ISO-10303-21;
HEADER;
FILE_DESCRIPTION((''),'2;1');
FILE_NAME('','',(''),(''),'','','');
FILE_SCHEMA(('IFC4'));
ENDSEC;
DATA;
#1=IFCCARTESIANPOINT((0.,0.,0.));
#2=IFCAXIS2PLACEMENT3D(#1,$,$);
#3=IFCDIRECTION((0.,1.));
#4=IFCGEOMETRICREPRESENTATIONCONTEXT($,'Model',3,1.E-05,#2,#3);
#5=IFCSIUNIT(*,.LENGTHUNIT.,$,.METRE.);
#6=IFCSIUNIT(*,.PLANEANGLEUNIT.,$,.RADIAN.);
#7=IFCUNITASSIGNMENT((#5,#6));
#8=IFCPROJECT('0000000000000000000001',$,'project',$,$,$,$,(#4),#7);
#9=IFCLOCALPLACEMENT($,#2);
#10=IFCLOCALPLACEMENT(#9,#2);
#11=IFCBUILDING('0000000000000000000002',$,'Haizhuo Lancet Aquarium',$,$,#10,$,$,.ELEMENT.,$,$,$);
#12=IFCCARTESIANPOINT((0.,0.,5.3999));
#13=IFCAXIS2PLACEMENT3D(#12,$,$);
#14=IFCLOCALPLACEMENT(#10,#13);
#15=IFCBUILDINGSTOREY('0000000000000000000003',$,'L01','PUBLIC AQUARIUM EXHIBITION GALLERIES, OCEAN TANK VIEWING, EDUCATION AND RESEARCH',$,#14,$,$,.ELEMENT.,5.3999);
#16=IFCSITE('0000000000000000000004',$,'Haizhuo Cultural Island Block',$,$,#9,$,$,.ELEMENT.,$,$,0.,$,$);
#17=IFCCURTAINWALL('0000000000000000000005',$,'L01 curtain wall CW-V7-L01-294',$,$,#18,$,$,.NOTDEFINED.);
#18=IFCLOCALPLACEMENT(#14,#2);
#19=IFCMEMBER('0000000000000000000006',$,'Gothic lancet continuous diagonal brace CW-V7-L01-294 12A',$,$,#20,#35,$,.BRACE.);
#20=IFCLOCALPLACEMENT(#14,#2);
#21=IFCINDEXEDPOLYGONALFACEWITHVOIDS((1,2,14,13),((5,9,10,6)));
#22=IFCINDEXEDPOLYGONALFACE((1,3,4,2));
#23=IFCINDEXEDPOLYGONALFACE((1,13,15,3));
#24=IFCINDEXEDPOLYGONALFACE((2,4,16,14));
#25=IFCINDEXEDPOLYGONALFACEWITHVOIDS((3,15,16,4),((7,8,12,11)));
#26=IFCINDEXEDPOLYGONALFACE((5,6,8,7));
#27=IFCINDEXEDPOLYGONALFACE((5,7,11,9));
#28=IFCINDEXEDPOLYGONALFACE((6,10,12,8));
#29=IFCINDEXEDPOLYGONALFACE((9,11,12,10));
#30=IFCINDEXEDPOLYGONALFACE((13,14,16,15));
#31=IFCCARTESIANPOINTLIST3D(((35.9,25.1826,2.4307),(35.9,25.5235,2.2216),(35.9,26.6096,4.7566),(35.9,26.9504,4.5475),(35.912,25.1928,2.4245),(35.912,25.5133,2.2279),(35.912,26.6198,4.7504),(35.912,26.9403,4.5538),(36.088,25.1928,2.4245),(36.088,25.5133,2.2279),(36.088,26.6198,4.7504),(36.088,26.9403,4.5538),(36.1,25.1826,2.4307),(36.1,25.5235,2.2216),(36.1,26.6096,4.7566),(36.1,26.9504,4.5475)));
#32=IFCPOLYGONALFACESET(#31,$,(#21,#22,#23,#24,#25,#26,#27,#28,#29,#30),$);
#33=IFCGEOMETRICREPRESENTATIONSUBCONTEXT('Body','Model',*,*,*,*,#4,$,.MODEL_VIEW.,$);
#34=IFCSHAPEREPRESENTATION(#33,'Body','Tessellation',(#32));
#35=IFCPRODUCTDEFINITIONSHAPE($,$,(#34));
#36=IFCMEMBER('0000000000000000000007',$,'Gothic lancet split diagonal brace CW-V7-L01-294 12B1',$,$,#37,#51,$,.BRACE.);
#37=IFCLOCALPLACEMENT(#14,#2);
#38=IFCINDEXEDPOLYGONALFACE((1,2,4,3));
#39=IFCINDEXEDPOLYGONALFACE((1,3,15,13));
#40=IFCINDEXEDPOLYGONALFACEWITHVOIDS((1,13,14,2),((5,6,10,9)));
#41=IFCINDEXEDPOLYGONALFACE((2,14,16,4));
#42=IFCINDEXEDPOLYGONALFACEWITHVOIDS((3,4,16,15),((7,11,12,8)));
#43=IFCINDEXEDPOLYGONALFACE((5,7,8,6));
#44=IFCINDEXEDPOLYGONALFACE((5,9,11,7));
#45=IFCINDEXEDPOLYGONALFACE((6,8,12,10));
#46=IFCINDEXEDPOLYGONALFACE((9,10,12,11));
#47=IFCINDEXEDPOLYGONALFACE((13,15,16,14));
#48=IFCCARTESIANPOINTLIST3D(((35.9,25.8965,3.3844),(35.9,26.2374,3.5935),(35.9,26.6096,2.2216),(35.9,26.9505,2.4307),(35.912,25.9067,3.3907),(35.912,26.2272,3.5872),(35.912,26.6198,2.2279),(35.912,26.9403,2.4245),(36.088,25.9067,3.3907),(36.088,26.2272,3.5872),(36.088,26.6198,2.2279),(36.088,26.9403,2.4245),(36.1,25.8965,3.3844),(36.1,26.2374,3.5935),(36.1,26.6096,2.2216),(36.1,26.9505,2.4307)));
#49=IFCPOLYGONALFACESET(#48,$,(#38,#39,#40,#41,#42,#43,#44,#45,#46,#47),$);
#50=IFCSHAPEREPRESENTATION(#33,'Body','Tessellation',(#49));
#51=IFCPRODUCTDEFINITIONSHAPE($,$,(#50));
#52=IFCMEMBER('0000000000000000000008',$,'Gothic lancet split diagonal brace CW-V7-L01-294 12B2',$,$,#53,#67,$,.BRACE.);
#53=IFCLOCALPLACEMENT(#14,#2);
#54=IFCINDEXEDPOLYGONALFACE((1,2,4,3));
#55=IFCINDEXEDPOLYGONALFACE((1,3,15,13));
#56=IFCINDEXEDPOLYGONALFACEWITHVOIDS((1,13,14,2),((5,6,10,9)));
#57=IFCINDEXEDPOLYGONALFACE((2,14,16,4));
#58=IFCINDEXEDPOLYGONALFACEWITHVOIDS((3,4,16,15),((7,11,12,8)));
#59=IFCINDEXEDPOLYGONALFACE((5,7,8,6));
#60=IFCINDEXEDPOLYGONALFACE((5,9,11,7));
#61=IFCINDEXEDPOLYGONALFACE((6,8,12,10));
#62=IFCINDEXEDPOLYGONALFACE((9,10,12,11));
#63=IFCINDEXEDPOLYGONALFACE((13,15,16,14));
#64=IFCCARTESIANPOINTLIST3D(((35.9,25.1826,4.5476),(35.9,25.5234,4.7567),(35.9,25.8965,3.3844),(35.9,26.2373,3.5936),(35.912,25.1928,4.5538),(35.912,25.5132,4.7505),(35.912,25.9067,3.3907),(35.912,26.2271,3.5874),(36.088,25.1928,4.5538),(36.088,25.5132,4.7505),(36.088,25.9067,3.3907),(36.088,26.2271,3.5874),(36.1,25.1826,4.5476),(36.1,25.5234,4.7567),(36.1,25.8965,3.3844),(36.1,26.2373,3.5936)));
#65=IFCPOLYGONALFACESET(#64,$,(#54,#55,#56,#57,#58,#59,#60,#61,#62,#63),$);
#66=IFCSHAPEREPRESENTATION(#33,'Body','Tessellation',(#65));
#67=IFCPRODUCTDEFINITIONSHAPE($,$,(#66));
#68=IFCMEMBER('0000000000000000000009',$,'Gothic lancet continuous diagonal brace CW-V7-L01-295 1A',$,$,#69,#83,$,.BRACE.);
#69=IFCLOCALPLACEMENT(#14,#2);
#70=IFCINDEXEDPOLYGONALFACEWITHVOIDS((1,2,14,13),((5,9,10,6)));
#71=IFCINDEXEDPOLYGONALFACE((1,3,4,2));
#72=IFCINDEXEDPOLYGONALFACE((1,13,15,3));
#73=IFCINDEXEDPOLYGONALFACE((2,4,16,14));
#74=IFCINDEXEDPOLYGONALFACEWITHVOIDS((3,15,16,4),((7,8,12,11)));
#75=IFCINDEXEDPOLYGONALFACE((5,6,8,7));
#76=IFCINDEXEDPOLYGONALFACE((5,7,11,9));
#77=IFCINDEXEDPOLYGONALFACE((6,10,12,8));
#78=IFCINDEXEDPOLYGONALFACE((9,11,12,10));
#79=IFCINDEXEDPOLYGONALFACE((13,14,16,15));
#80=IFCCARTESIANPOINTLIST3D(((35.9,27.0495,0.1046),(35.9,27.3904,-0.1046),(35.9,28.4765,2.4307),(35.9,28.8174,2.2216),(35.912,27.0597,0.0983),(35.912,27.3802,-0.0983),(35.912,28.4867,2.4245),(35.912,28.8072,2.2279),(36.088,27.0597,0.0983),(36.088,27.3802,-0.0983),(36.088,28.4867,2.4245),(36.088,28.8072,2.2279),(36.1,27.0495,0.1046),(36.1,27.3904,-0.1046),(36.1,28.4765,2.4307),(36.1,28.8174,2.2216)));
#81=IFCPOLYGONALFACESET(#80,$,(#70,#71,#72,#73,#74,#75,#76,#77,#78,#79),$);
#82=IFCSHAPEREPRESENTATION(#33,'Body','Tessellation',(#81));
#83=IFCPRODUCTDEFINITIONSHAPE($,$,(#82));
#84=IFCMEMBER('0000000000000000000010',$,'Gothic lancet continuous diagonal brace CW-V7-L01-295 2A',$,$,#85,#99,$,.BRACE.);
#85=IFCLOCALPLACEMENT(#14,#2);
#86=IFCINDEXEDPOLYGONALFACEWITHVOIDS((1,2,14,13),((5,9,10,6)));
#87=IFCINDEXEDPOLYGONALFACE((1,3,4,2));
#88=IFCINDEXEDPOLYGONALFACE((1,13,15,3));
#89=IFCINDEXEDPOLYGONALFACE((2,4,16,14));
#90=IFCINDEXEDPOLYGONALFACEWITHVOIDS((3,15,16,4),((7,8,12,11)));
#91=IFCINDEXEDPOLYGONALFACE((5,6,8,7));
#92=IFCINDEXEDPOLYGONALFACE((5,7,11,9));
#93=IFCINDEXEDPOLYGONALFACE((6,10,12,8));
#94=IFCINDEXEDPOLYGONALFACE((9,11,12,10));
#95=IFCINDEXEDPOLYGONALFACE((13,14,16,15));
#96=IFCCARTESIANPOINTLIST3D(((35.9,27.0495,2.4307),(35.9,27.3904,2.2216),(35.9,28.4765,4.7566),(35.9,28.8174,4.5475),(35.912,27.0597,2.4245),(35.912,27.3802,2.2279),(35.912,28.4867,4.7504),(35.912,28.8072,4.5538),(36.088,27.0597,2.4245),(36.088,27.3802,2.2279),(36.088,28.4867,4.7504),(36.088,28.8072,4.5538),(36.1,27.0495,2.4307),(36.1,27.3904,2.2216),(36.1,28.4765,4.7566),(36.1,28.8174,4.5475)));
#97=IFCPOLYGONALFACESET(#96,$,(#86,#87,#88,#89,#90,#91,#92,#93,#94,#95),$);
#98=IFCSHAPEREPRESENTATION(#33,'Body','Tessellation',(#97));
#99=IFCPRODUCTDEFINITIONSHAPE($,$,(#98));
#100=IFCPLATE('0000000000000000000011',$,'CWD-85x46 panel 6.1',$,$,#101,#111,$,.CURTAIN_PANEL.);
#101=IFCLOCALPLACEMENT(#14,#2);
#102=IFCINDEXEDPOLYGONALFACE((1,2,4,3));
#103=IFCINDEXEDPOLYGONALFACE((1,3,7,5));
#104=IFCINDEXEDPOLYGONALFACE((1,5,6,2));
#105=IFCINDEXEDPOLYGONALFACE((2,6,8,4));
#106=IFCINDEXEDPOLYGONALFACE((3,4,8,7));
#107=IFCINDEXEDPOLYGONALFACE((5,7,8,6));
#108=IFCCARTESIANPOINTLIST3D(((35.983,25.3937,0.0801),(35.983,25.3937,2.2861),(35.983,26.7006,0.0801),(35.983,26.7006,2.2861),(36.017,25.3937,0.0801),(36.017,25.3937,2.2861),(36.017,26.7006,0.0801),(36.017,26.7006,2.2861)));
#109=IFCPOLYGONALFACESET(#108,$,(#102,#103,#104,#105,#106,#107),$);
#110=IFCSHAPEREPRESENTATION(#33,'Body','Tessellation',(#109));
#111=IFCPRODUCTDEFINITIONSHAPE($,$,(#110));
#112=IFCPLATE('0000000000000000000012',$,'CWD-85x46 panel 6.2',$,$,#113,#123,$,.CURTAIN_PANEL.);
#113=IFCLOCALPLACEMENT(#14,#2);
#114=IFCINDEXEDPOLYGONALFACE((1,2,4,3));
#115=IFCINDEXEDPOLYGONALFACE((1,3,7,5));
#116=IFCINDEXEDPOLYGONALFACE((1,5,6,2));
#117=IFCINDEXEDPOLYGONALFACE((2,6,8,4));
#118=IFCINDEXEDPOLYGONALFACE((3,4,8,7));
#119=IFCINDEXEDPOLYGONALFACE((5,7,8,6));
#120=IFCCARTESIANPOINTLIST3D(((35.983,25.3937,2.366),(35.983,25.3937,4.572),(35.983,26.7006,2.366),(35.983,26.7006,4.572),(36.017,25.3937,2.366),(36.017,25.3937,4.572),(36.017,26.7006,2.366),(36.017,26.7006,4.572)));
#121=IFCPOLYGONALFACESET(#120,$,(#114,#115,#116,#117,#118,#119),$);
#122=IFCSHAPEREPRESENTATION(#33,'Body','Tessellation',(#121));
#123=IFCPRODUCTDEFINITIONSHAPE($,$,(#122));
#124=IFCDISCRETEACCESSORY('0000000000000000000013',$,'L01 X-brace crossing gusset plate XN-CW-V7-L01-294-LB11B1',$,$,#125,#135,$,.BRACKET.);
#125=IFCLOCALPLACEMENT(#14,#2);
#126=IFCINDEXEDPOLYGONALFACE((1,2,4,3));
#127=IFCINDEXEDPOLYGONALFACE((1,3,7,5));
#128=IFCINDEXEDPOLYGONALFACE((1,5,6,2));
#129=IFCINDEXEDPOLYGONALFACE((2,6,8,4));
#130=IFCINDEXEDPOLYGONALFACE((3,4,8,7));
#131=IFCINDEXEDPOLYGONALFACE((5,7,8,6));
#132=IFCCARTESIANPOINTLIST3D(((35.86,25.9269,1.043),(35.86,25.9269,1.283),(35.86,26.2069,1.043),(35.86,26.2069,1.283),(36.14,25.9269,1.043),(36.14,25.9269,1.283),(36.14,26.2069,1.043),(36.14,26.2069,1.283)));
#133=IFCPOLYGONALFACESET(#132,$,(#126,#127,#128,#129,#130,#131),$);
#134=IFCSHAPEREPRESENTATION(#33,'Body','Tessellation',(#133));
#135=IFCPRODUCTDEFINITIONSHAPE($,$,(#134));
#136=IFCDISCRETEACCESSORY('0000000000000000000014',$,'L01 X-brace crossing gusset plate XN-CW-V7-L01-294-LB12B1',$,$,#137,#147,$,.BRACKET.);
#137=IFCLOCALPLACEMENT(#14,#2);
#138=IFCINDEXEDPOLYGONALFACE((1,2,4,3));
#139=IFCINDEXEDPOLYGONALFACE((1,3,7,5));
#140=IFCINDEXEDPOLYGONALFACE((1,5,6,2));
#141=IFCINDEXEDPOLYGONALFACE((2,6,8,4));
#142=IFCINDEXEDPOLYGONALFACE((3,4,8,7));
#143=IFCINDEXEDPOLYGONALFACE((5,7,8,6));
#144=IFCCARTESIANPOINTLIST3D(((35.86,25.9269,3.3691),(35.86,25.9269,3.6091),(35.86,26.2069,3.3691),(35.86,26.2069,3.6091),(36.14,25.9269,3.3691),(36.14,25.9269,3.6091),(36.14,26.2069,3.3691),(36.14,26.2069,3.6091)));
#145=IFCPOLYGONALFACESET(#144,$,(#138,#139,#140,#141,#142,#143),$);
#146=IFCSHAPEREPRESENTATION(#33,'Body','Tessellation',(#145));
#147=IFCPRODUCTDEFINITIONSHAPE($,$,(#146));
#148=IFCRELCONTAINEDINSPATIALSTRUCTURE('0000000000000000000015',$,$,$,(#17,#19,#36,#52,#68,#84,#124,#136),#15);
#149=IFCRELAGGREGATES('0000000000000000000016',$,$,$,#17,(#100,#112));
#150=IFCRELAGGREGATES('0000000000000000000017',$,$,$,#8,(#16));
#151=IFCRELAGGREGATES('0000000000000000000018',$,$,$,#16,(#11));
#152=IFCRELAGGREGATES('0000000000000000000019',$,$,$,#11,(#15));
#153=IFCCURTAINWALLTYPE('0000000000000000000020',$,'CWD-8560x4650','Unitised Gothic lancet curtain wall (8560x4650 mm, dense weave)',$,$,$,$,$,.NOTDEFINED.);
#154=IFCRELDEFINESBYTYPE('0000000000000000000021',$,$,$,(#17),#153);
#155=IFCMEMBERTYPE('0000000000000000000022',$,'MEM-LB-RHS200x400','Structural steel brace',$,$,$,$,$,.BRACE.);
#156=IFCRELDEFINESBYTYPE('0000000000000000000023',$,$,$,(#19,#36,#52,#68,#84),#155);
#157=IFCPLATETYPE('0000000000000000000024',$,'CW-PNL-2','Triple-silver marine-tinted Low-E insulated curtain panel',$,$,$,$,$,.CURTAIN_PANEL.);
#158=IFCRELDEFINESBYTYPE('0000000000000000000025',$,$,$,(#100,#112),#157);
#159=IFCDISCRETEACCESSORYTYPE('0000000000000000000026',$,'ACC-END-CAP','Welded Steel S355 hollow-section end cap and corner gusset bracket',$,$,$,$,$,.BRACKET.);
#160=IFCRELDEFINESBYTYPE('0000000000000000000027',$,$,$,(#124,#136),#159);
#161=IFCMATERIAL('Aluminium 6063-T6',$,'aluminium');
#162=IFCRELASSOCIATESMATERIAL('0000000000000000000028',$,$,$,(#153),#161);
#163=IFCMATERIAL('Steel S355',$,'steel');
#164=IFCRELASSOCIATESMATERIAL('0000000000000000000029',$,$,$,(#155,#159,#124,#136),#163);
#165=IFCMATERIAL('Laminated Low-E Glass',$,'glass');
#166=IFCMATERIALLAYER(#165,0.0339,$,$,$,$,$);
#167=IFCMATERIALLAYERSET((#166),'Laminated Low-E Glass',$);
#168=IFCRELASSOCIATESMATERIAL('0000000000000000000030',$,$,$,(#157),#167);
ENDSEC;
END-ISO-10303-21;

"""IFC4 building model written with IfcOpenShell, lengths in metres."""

from ifc_helpers import new_model, si_unit, direction, frame, origin, origin_2d, place, context, subcontext, project, spatial, rectangle, hollow_rectangle, extrude, material, layer, layer_set, material_profile, profile_set, type_object, element, aggregate, save


model = new_model("IFC4")

# Units and contexts
model_context = context("Model", 3, precision=1e-05, world=origin(), true_north=direction((0.0, 1.0)))
body_context = subcontext(model_context, "Body", "Model", "MODEL_VIEW")
ifc_project = project(units=[si_unit("LENGTHUNIT", "METRE"), si_unit("PLANEANGLEUNIT", "RADIAN")], contexts=[model_context])

# Site, building, storey
site_placement = place(None, origin())
site = spatial("IfcSite", under=ifc_project, at=site_placement, Name="Haizhuo Cultural Island Block", CompositionType="ELEMENT", RefElevation=0.0)
building_placement = place(site_placement, origin())
building = spatial("IfcBuilding", under=site, at=building_placement, Name="Haizhuo Lancet Aquarium", CompositionType="ELEMENT")
storey_placement = place(building_placement, frame((0.0, 0.0, 5.3999)))
storey = spatial("IfcBuildingStorey", under=building, at=storey_placement, Name="L01", Description="PUBLIC AQUARIUM EXHIBITION GALLERIES, OCEAN TANK VIEWING, EDUCATION AND RESEARCH", CompositionType="ELEMENT", Elevation=5.3999)

# Shared definitions
ifc_material_1 = material(Name="Steel S355", Category="steel")

# Curtain wall
ifc_material_2 = material(Name="Aluminium 6063-T6", Category="aluminium")
curtain_wall_type = type_object("IfcCurtainWallType", Name="CWD-8560x4650", Description="Unitised Gothic lancet curtain wall (8560x4650 mm, dense weave)", PredefinedType="NOTDEFINED", material=ifc_material_2)
curtain_wall_1_placement = place(storey_placement, origin())
curtain_wall_1 = element("IfcCurtainWall", 1, at=curtain_wall_1_placement, inside=storey, type_object=curtain_wall_type, Name="L01 curtain wall CW-V7-L01-294", PredefinedType="NOTDEFINED")

# Members
ifc_material_profile_1 = material_profile(ifc_material_1, hollow_rectangle(XDim=0.2, YDim=0.3999, WallThickness=0.012, at=origin_2d()), Name="RHS 200x400x12")
ifc_profile_set_1 = profile_set([ifc_material_profile_1], Name="Steel S355")
member_type_1 = type_object("IfcMemberType", Name="MEM-LB-RHS200x400", Description="Structural steel brace", PredefinedType="BRACE", material=ifc_profile_set_1)
member_1_placement = place(storey_placement, frame((36.0, 25.353, 2.3262), z_axis=(0.0, 0.522944, 0.852367), x_axis=(-1.0, 0.0, 0.0)))
element("IfcMember", 2, at=member_1_placement, inside=storey, type_object=member_type_1, Name="Gothic lancet continuous diagonal brace CW-V7-L01-294 12A", PredefinedType="BRACE", context=body_context, shape_type="SweptSolid", body=[
    extrude(hollow_rectangle(XDim=0.2, YDim=0.3999, WallThickness=0.012, at=origin_2d()), origin(), (0.0, 0.0, 1.0), 2.7288),
])
member_2_placement = place(storey_placement, frame((36.0, 26.78, 2.3262), z_axis=(0.0, -0.522789, 0.852462), x_axis=(1.0, 0.0, 0.0)))
element("IfcMember", 3, at=member_2_placement, inside=storey, type_object=member_type_1, Name="Gothic lancet split diagonal brace CW-V7-L01-294 12B1", PredefinedType="BRACE", context=body_context, shape_type="SweptSolid", body=[
    extrude(hollow_rectangle(XDim=0.2, YDim=0.3999, WallThickness=0.012, at=origin_2d()), origin(), (0.0, 0.0, 1.0), 1.364),
])
member_3_placement = place(storey_placement, frame((36.0, 26.0669, 3.489), z_axis=(0.0, -0.523099, 0.852272), x_axis=(1.0, 0.0, 0.0)))
element("IfcMember", 4, at=member_3_placement, inside=storey, type_object=member_type_1, Name="Gothic lancet split diagonal brace CW-V7-L01-294 12B2", PredefinedType="BRACE", context=body_context, shape_type="SweptSolid", body=[
    extrude(hollow_rectangle(XDim=0.2, YDim=0.3999, WallThickness=0.012, at=origin_2d()), origin(), (0.0, 0.0, 1.0), 1.3647),
])
member_4_placement = place(storey_placement, frame((36.0, 27.22, 0.0), z_axis=(0.0, 0.522904, 0.852392), x_axis=(-1.0, 0.0, 0.0)))
element("IfcMember", 5, at=member_4_placement, inside=storey, type_object=member_type_1, Name="Gothic lancet continuous diagonal brace CW-V7-L01-295 1A", PredefinedType="BRACE", context=body_context, shape_type="SweptSolid", body=[
    extrude(hollow_rectangle(XDim=0.2, YDim=0.3999, WallThickness=0.012, at=origin_2d()), origin(), (0.0, 0.0, 1.0), 2.729),
])
member_5_placement = place(storey_placement, frame((36.0, 27.22, 2.3262), z_axis=(0.0, 0.522944, 0.852367), x_axis=(-1.0, 0.0, 0.0)))
element("IfcMember", 6, at=member_5_placement, inside=storey, type_object=member_type_1, Name="Gothic lancet continuous diagonal brace CW-V7-L01-295 2A", PredefinedType="BRACE", context=body_context, shape_type="SweptSolid", body=[
    extrude(hollow_rectangle(XDim=0.2, YDim=0.3999, WallThickness=0.012, at=origin_2d()), origin(), (0.0, 0.0, 1.0), 2.7288),
])

# Plates
ifc_material_3 = material(Name="Laminated Low-E Glass", Category="glass")
ifc_layer = layer(ifc_material_3, 0.0339)
ifc_layer_set = layer_set([ifc_layer], Name="Laminated Low-E Glass")
plate_type = type_object("IfcPlateType", Name="CW-PNL-2", Description="Triple-silver marine-tinted Low-E insulated curtain panel", PredefinedType="CURTAIN_PANEL", material=ifc_layer_set)
plate_1_placement = place(storey_placement, frame((36.0, 26.0471, 0.0801), z_axis=(0.0, 0.0, 1.0), x_axis=(0.0, 1.0, 0.0)))
plate_1 = element("IfcPlate", 7, at=plate_1_placement, type_object=plate_type, Name="CWD-85x46 panel 6.1", PredefinedType="CURTAIN_PANEL", context=body_context, shape_type="SweptSolid", body=[
    extrude(rectangle(XDim=1.3069, YDim=0.0339, at=origin_2d()), origin(), (0.0, 0.0, 1.0), 2.2061),
])
plate_2_placement = place(storey_placement, frame((36.0, 26.0471, 2.366), z_axis=(0.0, 0.0, 1.0), x_axis=(0.0, 1.0, 0.0)))
plate_2 = element("IfcPlate", 8, at=plate_2_placement, type_object=plate_type, Name="CWD-85x46 panel 6.2", PredefinedType="CURTAIN_PANEL", context=body_context, shape_type="SweptSolid", body=[
    extrude(rectangle(XDim=1.3069, YDim=0.0339, at=origin_2d()), origin(), (0.0, 0.0, 1.0), 2.2061),
])
aggregate(curtain_wall_1, [plate_1, plate_2])

# Discrete accessories
discrete_accessory_type = type_object("IfcDiscreteAccessoryType", Name="ACC-END-CAP", Description="Welded Steel S355 hollow-section end cap and corner gusset bracket", PredefinedType="BRACKET", material=ifc_material_1)
for number, where, z_axis, x_axis, name in (
    (9, (36.0, 26.0669, 1.043), (0.0, 0.0, 1.0), (1.0, 0.0, 0.0), "L01 X-brace crossing gusset plate XN-CW-V7-L01-294-LB11B1"),
    (10, (36.0, 26.0669, 3.3691), (0.0, 0.0, 1.0), (1.0, 0.0, 0.0), "L01 X-brace crossing gusset plate XN-CW-V7-L01-294-LB12B1"),
):
    element("IfcDiscreteAccessory", number, at=place(storey_placement, frame(where, z_axis=z_axis, x_axis=x_axis)), inside=storey, type_object=discrete_accessory_type, material=ifc_material_1, Name=name, PredefinedType="BRACKET", context=body_context, shape_type="SweptSolid", body=[
        extrude(rectangle(XDim=0.28, YDim=0.28, at=origin_2d()), origin(), (0.0, 0.0, 1.0), 0.24),
    ])

save(model, "model.ifc")
